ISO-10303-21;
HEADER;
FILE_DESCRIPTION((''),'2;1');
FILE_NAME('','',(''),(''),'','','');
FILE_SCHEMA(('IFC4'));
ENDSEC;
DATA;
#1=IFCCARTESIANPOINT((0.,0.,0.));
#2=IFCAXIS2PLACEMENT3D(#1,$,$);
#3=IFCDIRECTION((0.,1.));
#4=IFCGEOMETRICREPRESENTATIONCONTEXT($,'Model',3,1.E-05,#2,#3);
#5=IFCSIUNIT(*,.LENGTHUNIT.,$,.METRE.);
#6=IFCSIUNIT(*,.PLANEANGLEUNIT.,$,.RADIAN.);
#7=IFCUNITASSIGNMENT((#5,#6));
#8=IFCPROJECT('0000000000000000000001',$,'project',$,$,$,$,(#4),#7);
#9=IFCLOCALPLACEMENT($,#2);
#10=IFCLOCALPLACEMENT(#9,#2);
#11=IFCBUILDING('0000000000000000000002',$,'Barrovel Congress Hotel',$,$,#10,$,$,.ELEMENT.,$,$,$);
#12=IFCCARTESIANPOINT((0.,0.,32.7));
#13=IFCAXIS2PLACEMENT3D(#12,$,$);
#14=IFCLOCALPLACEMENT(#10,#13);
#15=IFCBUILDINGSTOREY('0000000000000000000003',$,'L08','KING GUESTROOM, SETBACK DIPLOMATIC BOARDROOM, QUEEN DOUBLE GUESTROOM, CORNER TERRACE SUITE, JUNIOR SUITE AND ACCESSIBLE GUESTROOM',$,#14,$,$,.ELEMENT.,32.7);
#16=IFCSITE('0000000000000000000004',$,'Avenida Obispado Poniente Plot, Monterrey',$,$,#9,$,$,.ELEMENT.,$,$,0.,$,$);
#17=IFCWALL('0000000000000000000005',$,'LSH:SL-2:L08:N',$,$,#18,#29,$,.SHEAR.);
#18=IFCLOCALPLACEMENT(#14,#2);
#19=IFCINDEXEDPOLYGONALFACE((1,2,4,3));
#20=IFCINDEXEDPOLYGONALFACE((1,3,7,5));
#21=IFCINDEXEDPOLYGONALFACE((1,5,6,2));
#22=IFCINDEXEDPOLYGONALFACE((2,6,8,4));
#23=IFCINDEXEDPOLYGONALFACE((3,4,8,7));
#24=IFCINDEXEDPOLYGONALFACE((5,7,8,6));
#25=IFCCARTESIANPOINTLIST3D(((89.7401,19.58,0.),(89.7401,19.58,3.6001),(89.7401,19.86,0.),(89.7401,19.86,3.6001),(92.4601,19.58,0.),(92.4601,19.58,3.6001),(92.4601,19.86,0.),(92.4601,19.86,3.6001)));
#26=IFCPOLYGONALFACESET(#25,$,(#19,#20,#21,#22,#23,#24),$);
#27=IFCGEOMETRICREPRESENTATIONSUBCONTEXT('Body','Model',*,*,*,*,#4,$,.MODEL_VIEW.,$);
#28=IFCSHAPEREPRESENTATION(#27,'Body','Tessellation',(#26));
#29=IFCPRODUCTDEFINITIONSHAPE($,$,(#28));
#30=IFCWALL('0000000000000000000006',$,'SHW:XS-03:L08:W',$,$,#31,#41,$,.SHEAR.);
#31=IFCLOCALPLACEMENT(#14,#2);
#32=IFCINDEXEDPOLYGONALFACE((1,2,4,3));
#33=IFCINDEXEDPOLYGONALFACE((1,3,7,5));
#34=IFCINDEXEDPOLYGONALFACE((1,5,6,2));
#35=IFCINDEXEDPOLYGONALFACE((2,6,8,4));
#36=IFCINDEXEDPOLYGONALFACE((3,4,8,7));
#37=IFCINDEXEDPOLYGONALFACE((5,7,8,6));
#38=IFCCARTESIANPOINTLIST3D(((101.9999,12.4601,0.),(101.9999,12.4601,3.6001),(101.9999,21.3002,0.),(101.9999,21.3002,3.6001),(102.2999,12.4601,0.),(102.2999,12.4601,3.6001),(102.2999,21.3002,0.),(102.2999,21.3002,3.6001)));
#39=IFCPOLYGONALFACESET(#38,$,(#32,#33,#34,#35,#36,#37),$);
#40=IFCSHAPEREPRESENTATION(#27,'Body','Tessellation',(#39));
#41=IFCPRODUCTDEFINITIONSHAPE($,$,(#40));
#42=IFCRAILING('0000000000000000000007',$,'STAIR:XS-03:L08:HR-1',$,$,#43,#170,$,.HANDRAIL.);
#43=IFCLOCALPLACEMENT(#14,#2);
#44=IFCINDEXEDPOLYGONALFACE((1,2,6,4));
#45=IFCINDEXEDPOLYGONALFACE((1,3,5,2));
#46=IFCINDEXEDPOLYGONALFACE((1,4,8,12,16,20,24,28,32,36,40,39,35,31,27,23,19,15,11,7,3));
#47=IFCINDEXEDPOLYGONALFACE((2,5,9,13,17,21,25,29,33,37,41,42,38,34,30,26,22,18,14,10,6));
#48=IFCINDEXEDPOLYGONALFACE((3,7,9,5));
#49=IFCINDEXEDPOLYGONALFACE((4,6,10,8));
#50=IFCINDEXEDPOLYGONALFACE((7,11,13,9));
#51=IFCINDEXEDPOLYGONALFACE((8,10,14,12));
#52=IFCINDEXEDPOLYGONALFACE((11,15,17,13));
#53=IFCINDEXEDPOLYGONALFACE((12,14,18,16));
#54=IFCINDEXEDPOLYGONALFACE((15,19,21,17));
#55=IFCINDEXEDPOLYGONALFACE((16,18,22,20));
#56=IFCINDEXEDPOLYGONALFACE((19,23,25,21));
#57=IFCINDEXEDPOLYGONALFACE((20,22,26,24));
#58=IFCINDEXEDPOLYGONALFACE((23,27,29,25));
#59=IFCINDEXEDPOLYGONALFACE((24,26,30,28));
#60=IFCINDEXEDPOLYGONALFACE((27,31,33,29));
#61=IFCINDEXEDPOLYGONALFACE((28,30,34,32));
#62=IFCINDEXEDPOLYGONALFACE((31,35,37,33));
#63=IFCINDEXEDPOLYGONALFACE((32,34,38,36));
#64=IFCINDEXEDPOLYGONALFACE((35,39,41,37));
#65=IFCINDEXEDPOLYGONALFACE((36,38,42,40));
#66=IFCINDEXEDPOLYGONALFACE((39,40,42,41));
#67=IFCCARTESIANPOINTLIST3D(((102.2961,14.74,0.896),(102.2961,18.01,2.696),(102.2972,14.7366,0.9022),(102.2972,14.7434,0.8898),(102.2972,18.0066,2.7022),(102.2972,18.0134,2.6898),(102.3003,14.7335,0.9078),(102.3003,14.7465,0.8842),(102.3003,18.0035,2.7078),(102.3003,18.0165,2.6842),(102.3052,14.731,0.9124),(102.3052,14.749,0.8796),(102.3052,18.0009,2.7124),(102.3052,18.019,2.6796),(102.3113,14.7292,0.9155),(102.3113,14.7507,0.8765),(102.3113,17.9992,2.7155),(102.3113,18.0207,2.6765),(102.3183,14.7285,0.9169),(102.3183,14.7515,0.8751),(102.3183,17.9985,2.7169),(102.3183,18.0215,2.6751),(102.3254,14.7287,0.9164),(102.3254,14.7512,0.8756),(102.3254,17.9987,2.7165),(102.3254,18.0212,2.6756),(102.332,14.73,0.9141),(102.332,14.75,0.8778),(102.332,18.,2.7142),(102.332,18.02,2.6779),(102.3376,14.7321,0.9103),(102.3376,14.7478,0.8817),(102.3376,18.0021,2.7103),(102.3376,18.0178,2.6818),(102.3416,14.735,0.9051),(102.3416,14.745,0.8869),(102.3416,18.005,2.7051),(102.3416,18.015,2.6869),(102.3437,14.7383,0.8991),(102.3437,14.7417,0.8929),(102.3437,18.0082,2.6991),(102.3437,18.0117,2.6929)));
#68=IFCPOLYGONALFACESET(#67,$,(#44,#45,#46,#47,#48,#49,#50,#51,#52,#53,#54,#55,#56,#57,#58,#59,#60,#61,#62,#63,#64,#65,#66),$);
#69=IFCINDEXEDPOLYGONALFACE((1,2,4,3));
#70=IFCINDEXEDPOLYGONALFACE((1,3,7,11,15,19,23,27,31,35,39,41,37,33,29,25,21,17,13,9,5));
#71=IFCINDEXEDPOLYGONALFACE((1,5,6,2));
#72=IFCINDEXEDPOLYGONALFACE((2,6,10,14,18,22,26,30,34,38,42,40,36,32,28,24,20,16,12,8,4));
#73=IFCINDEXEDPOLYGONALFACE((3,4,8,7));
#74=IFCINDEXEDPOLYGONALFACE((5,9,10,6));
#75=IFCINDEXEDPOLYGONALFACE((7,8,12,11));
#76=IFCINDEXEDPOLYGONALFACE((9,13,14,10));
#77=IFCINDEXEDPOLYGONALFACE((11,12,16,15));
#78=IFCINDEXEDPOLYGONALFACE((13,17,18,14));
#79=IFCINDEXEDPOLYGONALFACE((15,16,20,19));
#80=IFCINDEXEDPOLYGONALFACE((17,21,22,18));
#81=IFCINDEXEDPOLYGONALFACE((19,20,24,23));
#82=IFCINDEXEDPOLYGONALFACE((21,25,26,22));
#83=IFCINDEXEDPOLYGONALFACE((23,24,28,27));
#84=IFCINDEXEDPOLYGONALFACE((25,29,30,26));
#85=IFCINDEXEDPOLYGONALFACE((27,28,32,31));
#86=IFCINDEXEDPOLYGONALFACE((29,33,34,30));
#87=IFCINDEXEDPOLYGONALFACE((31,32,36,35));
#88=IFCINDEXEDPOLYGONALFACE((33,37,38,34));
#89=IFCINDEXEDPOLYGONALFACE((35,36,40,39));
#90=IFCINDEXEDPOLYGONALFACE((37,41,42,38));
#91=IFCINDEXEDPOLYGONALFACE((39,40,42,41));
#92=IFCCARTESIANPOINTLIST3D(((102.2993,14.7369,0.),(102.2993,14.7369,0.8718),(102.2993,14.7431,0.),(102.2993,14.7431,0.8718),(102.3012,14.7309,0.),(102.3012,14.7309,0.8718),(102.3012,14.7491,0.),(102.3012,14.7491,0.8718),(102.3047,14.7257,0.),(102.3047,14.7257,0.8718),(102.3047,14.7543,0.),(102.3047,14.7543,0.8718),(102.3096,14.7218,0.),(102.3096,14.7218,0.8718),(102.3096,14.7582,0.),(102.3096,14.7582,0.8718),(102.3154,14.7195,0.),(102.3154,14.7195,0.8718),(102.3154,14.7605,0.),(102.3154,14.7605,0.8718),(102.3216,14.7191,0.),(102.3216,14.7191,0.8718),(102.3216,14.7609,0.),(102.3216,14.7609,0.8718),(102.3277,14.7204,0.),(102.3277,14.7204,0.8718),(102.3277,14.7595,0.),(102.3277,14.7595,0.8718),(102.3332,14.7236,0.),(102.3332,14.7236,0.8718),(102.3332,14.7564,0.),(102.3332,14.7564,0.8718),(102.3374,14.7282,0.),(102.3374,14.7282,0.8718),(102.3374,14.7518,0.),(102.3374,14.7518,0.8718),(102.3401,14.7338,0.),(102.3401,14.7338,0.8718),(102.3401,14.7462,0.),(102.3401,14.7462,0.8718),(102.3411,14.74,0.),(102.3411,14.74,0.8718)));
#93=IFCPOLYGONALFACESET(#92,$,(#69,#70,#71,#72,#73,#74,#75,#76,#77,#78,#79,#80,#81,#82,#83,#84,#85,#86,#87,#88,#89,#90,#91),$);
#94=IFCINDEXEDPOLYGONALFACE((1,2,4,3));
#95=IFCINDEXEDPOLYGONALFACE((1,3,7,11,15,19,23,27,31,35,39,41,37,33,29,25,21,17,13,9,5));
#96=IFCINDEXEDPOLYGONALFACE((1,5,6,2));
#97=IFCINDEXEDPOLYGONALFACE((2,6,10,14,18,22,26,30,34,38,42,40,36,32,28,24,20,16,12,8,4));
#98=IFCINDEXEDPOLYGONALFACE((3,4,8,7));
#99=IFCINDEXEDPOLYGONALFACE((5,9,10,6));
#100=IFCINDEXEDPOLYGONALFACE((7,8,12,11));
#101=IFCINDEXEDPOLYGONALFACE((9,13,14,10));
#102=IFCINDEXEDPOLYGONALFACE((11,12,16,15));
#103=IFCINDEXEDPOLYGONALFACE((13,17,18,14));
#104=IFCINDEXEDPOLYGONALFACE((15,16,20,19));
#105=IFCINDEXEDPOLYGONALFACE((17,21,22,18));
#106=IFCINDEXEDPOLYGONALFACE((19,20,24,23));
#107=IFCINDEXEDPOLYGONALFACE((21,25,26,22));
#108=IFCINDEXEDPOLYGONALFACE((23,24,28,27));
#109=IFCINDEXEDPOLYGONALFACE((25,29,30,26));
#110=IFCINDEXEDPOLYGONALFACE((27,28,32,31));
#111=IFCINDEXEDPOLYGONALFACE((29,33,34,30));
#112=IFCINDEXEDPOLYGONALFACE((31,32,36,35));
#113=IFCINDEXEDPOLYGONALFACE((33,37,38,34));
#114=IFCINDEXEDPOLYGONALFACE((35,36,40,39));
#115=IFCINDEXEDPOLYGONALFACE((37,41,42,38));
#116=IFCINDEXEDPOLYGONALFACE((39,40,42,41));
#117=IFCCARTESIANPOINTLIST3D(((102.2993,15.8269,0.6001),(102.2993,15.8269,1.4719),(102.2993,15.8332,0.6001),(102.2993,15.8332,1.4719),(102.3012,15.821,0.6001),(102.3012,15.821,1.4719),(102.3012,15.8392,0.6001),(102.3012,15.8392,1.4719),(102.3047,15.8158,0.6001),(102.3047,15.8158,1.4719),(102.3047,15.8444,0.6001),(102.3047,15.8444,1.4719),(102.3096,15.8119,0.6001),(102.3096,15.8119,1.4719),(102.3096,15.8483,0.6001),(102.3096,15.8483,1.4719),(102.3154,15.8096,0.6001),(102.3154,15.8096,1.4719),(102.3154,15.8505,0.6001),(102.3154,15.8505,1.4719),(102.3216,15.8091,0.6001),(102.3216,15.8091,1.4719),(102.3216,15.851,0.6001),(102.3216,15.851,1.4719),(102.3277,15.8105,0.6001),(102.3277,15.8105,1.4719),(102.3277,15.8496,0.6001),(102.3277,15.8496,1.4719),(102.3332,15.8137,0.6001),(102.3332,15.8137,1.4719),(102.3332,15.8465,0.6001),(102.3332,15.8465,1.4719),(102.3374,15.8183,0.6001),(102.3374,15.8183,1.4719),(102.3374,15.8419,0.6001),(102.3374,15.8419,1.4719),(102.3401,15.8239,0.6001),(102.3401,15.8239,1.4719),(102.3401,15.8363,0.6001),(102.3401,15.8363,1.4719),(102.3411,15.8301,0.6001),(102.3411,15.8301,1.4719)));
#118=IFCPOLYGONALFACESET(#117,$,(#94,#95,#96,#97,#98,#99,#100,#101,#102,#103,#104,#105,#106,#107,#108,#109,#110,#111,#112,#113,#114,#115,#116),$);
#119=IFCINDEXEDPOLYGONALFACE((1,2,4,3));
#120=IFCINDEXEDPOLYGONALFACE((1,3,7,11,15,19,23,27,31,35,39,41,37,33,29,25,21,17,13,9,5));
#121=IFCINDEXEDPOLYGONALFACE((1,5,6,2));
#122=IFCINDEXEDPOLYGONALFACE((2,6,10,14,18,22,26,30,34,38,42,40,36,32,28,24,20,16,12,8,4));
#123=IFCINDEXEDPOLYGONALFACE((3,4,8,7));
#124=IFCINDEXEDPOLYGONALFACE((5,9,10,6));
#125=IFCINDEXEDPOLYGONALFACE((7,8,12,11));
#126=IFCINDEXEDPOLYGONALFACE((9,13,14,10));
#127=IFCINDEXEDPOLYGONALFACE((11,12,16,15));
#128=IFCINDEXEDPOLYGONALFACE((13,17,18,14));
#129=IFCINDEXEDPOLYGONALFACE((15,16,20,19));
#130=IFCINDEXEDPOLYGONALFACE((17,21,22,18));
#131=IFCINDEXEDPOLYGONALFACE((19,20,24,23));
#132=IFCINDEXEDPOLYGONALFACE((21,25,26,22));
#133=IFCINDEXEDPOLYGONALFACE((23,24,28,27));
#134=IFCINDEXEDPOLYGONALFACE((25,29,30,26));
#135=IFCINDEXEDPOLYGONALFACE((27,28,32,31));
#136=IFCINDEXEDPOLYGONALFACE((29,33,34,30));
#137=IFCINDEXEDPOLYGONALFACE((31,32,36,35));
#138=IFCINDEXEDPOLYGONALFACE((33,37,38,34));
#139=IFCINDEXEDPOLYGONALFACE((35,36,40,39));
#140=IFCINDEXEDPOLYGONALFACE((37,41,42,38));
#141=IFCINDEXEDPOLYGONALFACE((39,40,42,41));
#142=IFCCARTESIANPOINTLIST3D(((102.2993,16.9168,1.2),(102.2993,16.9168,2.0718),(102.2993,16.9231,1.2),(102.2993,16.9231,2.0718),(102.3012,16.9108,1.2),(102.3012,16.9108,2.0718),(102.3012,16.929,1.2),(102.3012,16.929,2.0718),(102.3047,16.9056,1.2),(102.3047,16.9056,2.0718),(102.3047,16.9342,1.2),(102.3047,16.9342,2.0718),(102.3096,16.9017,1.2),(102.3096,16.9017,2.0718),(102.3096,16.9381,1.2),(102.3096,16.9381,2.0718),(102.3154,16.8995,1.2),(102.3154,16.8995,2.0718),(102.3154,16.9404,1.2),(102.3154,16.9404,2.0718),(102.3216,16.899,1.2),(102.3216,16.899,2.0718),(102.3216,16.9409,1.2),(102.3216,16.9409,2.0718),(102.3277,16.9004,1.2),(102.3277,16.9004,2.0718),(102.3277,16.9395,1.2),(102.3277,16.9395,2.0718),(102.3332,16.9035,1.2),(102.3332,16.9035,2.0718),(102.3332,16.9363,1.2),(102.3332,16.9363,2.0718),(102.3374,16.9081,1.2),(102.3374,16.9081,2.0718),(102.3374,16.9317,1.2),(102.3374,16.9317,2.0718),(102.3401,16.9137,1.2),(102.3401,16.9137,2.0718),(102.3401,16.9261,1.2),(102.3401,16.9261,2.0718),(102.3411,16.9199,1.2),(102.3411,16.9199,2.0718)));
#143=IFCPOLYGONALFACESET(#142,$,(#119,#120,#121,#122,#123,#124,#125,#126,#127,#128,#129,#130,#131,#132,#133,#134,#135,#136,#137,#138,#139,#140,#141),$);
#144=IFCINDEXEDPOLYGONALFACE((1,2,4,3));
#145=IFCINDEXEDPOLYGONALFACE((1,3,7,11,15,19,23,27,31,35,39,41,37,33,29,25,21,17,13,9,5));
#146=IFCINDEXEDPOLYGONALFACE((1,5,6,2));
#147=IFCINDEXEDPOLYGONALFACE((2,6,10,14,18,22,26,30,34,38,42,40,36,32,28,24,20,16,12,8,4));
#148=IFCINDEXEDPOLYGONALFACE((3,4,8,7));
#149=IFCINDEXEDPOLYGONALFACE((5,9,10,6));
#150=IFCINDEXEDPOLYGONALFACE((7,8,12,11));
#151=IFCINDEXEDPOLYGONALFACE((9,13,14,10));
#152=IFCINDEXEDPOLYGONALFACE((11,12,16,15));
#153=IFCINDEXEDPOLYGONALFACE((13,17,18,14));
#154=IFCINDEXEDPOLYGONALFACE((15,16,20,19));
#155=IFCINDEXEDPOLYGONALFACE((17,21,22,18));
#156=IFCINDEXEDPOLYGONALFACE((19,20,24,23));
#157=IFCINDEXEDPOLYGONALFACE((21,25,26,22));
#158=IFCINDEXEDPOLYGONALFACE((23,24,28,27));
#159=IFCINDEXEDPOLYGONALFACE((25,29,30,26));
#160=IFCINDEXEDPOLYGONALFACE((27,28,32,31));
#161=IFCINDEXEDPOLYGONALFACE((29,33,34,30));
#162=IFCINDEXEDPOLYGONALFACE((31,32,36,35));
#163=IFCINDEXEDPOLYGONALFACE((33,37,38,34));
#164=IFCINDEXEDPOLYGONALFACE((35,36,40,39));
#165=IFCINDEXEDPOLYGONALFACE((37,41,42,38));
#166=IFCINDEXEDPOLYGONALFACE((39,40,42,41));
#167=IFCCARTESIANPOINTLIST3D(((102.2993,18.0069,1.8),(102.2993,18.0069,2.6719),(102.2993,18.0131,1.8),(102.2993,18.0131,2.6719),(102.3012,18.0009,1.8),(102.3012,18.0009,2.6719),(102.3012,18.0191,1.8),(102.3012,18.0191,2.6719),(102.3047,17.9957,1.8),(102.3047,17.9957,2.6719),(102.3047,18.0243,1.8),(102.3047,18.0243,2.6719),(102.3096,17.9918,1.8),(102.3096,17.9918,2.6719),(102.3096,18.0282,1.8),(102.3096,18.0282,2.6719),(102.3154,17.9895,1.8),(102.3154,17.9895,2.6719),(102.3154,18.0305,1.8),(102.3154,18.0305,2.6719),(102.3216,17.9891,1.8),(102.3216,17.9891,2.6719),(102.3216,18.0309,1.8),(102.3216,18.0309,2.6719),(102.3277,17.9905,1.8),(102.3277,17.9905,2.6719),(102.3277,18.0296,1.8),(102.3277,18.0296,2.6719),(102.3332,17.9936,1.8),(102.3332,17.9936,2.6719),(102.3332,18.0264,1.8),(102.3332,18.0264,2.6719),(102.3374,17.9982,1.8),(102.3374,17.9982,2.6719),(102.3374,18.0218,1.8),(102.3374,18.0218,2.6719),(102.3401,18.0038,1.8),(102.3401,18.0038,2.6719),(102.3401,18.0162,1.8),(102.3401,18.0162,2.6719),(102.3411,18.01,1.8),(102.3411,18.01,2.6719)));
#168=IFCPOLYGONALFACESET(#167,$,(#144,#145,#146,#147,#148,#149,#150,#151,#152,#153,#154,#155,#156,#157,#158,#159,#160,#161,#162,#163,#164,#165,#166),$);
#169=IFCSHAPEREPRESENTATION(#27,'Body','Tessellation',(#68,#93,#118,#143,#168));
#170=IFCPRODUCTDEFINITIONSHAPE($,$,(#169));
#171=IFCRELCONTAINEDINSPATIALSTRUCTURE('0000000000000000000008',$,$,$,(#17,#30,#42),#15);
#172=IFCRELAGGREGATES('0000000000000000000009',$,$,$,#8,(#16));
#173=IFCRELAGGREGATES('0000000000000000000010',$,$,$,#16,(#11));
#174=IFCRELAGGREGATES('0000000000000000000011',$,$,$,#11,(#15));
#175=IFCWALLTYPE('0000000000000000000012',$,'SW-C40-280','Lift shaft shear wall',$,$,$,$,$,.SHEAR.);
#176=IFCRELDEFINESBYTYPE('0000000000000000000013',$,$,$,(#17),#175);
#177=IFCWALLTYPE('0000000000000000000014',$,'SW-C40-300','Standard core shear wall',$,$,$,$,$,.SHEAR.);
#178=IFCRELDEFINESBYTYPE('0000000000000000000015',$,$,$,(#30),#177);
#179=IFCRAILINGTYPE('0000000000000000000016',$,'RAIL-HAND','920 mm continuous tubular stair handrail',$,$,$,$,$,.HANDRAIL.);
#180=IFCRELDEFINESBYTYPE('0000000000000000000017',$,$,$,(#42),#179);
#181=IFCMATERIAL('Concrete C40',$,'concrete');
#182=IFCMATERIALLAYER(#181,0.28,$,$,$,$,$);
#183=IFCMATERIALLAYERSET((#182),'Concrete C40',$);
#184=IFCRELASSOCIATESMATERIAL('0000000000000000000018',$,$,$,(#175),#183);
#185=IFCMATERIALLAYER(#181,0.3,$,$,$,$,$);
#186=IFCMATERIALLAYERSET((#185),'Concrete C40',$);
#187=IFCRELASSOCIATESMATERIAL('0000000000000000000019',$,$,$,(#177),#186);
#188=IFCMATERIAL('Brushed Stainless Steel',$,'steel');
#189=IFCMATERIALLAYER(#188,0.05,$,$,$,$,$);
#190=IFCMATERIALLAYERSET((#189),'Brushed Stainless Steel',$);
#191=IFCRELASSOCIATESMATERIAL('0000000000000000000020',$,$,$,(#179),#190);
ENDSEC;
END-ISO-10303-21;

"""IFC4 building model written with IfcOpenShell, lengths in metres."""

from ifc_helpers import new_model, si_unit, direction, frame, frame_2d, origin, origin_2d, place, context, subcontext, project, spatial, rectangle, circle, extrude, material, layer, layer_set, type_object, element, save


model = new_model("IFC4")

# Units and contexts
model_context = context("Model", 3, precision=1e-05, world=origin(), true_north=direction((0.0, 1.0)))
body_context = subcontext(model_context, "Body", "Model", "MODEL_VIEW")
ifc_project = project(units=[si_unit("LENGTHUNIT", "METRE"), si_unit("PLANEANGLEUNIT", "RADIAN")], contexts=[model_context])

# Site, building, storey
site_placement = place(None, origin())
site = spatial("IfcSite", under=ifc_project, at=site_placement, Name="Avenida Obispado Poniente Plot, Monterrey", CompositionType="ELEMENT", RefElevation=0.0)
building_placement = place(site_placement, origin())
building = spatial("IfcBuilding", under=site, at=building_placement, Name="Barrovel Congress Hotel", CompositionType="ELEMENT")
storey_placement = place(building_placement, frame((0.0, 0.0, 32.7)))
storey = spatial("IfcBuildingStorey", under=building, at=storey_placement, Name="L08", Description="KING GUESTROOM, SETBACK DIPLOMATIC BOARDROOM, QUEEN DOUBLE GUESTROOM, CORNER TERRACE SUITE, JUNIOR SUITE AND ACCESSIBLE GUESTROOM", CompositionType="ELEMENT", Elevation=32.7)

# Shared definitions
ifc_material_1 = material(Name="Concrete C40", Category="concrete")

# Walls
ifc_layer_1 = layer(ifc_material_1, 0.28)
ifc_layer_set_1 = layer_set([ifc_layer_1], Name="Concrete C40")
wall_type_1 = type_object("IfcWallType", Name="SW-C40-280", Description="Lift shaft shear wall", PredefinedType="SHEAR", material=ifc_layer_set_1)
wall_1_placement = place(storey_placement, frame((92.46, 19.72, 0.0), z_axis=(0.0, 0.0, 1.0), x_axis=(-1.0, 0.0, 0.0)))
element("IfcWall", 1, at=wall_1_placement, inside=storey, type_object=wall_type_1, Name="LSH:SL-2:L08:N", PredefinedType="SHEAR", context=body_context, shape_type="SweptSolid", body=[
    extrude(rectangle(XDim=2.72, YDim=0.28, at=frame_2d((1.3599, 0.0))), origin(), (0.0, 0.0, 1.0), 3.6001),
])
ifc_layer_2 = layer(ifc_material_1, 0.3)
ifc_layer_set_2 = layer_set([ifc_layer_2], Name="Concrete C40")
wall_type_2 = type_object("IfcWallType", Name="SW-C40-300", Description="Standard core shear wall", PredefinedType="SHEAR", material=ifc_layer_set_2)
wall_2_placement = place(storey_placement, frame((102.1499, 21.3, 0.0), z_axis=(0.0, 0.0, 1.0), x_axis=(0.0, -1.0, 0.0)))
element("IfcWall", 2, at=wall_2_placement, inside=storey, type_object=wall_type_2, Name="SHW:XS-03:L08:W", PredefinedType="SHEAR", context=body_context, shape_type="SweptSolid", body=[
    extrude(rectangle(XDim=8.8401, YDim=0.3, at=frame_2d((4.4199, 0.0))), origin(), (0.0, 0.0, 1.0), 3.6001),
])

# Railing
ifc_material_2 = material(Name="Brushed Stainless Steel", Category="steel")
ifc_layer_3 = layer(ifc_material_2, 0.05)
ifc_layer_set_3 = layer_set([ifc_layer_3], Name="Brushed Stainless Steel")
railing_type = type_object("IfcRailingType", Name="RAIL-HAND", Description="920 mm continuous tubular stair handrail", PredefinedType="HANDRAIL", material=ifc_layer_set_3)
railing_placement = place(storey_placement, frame((102.3201, 14.74, 0.0)))
element("IfcRailing", 3, at=railing_placement, inside=storey, type_object=railing_type, Name="STAIR:XS-03:L08:HR-1", PredefinedType="HANDRAIL", context=body_context, shape_type="SweptSolid", body=[
    extrude(circle(Radius=0.0239, at=origin_2d()), frame((0.0, 0.0, 0.896), z_axis=(0.0, 0.876042, 0.482235), x_axis=(-1.0, 0.0, 0.0)), (0.0, 0.0, 1.0), 3.7327),
    extrude(circle(Radius=0.021, at=origin_2d()), origin(), (0.0, 0.0, 1.0), 0.8718),
    extrude(circle(Radius=0.021, at=origin_2d()), frame((0.0, 1.0901, 0.6001)), (0.0, 0.0, 1.0), 0.8718),
    extrude(circle(Radius=0.021, at=origin_2d()), frame((0.0, 2.1799, 1.2)), (0.0, 0.0, 1.0), 0.8718),
    extrude(circle(Radius=0.021, at=origin_2d()), frame((0.0, 3.27, 1.8)), (0.0, 0.0, 1.0), 0.8718),
])

save(model, "model.ifc")
